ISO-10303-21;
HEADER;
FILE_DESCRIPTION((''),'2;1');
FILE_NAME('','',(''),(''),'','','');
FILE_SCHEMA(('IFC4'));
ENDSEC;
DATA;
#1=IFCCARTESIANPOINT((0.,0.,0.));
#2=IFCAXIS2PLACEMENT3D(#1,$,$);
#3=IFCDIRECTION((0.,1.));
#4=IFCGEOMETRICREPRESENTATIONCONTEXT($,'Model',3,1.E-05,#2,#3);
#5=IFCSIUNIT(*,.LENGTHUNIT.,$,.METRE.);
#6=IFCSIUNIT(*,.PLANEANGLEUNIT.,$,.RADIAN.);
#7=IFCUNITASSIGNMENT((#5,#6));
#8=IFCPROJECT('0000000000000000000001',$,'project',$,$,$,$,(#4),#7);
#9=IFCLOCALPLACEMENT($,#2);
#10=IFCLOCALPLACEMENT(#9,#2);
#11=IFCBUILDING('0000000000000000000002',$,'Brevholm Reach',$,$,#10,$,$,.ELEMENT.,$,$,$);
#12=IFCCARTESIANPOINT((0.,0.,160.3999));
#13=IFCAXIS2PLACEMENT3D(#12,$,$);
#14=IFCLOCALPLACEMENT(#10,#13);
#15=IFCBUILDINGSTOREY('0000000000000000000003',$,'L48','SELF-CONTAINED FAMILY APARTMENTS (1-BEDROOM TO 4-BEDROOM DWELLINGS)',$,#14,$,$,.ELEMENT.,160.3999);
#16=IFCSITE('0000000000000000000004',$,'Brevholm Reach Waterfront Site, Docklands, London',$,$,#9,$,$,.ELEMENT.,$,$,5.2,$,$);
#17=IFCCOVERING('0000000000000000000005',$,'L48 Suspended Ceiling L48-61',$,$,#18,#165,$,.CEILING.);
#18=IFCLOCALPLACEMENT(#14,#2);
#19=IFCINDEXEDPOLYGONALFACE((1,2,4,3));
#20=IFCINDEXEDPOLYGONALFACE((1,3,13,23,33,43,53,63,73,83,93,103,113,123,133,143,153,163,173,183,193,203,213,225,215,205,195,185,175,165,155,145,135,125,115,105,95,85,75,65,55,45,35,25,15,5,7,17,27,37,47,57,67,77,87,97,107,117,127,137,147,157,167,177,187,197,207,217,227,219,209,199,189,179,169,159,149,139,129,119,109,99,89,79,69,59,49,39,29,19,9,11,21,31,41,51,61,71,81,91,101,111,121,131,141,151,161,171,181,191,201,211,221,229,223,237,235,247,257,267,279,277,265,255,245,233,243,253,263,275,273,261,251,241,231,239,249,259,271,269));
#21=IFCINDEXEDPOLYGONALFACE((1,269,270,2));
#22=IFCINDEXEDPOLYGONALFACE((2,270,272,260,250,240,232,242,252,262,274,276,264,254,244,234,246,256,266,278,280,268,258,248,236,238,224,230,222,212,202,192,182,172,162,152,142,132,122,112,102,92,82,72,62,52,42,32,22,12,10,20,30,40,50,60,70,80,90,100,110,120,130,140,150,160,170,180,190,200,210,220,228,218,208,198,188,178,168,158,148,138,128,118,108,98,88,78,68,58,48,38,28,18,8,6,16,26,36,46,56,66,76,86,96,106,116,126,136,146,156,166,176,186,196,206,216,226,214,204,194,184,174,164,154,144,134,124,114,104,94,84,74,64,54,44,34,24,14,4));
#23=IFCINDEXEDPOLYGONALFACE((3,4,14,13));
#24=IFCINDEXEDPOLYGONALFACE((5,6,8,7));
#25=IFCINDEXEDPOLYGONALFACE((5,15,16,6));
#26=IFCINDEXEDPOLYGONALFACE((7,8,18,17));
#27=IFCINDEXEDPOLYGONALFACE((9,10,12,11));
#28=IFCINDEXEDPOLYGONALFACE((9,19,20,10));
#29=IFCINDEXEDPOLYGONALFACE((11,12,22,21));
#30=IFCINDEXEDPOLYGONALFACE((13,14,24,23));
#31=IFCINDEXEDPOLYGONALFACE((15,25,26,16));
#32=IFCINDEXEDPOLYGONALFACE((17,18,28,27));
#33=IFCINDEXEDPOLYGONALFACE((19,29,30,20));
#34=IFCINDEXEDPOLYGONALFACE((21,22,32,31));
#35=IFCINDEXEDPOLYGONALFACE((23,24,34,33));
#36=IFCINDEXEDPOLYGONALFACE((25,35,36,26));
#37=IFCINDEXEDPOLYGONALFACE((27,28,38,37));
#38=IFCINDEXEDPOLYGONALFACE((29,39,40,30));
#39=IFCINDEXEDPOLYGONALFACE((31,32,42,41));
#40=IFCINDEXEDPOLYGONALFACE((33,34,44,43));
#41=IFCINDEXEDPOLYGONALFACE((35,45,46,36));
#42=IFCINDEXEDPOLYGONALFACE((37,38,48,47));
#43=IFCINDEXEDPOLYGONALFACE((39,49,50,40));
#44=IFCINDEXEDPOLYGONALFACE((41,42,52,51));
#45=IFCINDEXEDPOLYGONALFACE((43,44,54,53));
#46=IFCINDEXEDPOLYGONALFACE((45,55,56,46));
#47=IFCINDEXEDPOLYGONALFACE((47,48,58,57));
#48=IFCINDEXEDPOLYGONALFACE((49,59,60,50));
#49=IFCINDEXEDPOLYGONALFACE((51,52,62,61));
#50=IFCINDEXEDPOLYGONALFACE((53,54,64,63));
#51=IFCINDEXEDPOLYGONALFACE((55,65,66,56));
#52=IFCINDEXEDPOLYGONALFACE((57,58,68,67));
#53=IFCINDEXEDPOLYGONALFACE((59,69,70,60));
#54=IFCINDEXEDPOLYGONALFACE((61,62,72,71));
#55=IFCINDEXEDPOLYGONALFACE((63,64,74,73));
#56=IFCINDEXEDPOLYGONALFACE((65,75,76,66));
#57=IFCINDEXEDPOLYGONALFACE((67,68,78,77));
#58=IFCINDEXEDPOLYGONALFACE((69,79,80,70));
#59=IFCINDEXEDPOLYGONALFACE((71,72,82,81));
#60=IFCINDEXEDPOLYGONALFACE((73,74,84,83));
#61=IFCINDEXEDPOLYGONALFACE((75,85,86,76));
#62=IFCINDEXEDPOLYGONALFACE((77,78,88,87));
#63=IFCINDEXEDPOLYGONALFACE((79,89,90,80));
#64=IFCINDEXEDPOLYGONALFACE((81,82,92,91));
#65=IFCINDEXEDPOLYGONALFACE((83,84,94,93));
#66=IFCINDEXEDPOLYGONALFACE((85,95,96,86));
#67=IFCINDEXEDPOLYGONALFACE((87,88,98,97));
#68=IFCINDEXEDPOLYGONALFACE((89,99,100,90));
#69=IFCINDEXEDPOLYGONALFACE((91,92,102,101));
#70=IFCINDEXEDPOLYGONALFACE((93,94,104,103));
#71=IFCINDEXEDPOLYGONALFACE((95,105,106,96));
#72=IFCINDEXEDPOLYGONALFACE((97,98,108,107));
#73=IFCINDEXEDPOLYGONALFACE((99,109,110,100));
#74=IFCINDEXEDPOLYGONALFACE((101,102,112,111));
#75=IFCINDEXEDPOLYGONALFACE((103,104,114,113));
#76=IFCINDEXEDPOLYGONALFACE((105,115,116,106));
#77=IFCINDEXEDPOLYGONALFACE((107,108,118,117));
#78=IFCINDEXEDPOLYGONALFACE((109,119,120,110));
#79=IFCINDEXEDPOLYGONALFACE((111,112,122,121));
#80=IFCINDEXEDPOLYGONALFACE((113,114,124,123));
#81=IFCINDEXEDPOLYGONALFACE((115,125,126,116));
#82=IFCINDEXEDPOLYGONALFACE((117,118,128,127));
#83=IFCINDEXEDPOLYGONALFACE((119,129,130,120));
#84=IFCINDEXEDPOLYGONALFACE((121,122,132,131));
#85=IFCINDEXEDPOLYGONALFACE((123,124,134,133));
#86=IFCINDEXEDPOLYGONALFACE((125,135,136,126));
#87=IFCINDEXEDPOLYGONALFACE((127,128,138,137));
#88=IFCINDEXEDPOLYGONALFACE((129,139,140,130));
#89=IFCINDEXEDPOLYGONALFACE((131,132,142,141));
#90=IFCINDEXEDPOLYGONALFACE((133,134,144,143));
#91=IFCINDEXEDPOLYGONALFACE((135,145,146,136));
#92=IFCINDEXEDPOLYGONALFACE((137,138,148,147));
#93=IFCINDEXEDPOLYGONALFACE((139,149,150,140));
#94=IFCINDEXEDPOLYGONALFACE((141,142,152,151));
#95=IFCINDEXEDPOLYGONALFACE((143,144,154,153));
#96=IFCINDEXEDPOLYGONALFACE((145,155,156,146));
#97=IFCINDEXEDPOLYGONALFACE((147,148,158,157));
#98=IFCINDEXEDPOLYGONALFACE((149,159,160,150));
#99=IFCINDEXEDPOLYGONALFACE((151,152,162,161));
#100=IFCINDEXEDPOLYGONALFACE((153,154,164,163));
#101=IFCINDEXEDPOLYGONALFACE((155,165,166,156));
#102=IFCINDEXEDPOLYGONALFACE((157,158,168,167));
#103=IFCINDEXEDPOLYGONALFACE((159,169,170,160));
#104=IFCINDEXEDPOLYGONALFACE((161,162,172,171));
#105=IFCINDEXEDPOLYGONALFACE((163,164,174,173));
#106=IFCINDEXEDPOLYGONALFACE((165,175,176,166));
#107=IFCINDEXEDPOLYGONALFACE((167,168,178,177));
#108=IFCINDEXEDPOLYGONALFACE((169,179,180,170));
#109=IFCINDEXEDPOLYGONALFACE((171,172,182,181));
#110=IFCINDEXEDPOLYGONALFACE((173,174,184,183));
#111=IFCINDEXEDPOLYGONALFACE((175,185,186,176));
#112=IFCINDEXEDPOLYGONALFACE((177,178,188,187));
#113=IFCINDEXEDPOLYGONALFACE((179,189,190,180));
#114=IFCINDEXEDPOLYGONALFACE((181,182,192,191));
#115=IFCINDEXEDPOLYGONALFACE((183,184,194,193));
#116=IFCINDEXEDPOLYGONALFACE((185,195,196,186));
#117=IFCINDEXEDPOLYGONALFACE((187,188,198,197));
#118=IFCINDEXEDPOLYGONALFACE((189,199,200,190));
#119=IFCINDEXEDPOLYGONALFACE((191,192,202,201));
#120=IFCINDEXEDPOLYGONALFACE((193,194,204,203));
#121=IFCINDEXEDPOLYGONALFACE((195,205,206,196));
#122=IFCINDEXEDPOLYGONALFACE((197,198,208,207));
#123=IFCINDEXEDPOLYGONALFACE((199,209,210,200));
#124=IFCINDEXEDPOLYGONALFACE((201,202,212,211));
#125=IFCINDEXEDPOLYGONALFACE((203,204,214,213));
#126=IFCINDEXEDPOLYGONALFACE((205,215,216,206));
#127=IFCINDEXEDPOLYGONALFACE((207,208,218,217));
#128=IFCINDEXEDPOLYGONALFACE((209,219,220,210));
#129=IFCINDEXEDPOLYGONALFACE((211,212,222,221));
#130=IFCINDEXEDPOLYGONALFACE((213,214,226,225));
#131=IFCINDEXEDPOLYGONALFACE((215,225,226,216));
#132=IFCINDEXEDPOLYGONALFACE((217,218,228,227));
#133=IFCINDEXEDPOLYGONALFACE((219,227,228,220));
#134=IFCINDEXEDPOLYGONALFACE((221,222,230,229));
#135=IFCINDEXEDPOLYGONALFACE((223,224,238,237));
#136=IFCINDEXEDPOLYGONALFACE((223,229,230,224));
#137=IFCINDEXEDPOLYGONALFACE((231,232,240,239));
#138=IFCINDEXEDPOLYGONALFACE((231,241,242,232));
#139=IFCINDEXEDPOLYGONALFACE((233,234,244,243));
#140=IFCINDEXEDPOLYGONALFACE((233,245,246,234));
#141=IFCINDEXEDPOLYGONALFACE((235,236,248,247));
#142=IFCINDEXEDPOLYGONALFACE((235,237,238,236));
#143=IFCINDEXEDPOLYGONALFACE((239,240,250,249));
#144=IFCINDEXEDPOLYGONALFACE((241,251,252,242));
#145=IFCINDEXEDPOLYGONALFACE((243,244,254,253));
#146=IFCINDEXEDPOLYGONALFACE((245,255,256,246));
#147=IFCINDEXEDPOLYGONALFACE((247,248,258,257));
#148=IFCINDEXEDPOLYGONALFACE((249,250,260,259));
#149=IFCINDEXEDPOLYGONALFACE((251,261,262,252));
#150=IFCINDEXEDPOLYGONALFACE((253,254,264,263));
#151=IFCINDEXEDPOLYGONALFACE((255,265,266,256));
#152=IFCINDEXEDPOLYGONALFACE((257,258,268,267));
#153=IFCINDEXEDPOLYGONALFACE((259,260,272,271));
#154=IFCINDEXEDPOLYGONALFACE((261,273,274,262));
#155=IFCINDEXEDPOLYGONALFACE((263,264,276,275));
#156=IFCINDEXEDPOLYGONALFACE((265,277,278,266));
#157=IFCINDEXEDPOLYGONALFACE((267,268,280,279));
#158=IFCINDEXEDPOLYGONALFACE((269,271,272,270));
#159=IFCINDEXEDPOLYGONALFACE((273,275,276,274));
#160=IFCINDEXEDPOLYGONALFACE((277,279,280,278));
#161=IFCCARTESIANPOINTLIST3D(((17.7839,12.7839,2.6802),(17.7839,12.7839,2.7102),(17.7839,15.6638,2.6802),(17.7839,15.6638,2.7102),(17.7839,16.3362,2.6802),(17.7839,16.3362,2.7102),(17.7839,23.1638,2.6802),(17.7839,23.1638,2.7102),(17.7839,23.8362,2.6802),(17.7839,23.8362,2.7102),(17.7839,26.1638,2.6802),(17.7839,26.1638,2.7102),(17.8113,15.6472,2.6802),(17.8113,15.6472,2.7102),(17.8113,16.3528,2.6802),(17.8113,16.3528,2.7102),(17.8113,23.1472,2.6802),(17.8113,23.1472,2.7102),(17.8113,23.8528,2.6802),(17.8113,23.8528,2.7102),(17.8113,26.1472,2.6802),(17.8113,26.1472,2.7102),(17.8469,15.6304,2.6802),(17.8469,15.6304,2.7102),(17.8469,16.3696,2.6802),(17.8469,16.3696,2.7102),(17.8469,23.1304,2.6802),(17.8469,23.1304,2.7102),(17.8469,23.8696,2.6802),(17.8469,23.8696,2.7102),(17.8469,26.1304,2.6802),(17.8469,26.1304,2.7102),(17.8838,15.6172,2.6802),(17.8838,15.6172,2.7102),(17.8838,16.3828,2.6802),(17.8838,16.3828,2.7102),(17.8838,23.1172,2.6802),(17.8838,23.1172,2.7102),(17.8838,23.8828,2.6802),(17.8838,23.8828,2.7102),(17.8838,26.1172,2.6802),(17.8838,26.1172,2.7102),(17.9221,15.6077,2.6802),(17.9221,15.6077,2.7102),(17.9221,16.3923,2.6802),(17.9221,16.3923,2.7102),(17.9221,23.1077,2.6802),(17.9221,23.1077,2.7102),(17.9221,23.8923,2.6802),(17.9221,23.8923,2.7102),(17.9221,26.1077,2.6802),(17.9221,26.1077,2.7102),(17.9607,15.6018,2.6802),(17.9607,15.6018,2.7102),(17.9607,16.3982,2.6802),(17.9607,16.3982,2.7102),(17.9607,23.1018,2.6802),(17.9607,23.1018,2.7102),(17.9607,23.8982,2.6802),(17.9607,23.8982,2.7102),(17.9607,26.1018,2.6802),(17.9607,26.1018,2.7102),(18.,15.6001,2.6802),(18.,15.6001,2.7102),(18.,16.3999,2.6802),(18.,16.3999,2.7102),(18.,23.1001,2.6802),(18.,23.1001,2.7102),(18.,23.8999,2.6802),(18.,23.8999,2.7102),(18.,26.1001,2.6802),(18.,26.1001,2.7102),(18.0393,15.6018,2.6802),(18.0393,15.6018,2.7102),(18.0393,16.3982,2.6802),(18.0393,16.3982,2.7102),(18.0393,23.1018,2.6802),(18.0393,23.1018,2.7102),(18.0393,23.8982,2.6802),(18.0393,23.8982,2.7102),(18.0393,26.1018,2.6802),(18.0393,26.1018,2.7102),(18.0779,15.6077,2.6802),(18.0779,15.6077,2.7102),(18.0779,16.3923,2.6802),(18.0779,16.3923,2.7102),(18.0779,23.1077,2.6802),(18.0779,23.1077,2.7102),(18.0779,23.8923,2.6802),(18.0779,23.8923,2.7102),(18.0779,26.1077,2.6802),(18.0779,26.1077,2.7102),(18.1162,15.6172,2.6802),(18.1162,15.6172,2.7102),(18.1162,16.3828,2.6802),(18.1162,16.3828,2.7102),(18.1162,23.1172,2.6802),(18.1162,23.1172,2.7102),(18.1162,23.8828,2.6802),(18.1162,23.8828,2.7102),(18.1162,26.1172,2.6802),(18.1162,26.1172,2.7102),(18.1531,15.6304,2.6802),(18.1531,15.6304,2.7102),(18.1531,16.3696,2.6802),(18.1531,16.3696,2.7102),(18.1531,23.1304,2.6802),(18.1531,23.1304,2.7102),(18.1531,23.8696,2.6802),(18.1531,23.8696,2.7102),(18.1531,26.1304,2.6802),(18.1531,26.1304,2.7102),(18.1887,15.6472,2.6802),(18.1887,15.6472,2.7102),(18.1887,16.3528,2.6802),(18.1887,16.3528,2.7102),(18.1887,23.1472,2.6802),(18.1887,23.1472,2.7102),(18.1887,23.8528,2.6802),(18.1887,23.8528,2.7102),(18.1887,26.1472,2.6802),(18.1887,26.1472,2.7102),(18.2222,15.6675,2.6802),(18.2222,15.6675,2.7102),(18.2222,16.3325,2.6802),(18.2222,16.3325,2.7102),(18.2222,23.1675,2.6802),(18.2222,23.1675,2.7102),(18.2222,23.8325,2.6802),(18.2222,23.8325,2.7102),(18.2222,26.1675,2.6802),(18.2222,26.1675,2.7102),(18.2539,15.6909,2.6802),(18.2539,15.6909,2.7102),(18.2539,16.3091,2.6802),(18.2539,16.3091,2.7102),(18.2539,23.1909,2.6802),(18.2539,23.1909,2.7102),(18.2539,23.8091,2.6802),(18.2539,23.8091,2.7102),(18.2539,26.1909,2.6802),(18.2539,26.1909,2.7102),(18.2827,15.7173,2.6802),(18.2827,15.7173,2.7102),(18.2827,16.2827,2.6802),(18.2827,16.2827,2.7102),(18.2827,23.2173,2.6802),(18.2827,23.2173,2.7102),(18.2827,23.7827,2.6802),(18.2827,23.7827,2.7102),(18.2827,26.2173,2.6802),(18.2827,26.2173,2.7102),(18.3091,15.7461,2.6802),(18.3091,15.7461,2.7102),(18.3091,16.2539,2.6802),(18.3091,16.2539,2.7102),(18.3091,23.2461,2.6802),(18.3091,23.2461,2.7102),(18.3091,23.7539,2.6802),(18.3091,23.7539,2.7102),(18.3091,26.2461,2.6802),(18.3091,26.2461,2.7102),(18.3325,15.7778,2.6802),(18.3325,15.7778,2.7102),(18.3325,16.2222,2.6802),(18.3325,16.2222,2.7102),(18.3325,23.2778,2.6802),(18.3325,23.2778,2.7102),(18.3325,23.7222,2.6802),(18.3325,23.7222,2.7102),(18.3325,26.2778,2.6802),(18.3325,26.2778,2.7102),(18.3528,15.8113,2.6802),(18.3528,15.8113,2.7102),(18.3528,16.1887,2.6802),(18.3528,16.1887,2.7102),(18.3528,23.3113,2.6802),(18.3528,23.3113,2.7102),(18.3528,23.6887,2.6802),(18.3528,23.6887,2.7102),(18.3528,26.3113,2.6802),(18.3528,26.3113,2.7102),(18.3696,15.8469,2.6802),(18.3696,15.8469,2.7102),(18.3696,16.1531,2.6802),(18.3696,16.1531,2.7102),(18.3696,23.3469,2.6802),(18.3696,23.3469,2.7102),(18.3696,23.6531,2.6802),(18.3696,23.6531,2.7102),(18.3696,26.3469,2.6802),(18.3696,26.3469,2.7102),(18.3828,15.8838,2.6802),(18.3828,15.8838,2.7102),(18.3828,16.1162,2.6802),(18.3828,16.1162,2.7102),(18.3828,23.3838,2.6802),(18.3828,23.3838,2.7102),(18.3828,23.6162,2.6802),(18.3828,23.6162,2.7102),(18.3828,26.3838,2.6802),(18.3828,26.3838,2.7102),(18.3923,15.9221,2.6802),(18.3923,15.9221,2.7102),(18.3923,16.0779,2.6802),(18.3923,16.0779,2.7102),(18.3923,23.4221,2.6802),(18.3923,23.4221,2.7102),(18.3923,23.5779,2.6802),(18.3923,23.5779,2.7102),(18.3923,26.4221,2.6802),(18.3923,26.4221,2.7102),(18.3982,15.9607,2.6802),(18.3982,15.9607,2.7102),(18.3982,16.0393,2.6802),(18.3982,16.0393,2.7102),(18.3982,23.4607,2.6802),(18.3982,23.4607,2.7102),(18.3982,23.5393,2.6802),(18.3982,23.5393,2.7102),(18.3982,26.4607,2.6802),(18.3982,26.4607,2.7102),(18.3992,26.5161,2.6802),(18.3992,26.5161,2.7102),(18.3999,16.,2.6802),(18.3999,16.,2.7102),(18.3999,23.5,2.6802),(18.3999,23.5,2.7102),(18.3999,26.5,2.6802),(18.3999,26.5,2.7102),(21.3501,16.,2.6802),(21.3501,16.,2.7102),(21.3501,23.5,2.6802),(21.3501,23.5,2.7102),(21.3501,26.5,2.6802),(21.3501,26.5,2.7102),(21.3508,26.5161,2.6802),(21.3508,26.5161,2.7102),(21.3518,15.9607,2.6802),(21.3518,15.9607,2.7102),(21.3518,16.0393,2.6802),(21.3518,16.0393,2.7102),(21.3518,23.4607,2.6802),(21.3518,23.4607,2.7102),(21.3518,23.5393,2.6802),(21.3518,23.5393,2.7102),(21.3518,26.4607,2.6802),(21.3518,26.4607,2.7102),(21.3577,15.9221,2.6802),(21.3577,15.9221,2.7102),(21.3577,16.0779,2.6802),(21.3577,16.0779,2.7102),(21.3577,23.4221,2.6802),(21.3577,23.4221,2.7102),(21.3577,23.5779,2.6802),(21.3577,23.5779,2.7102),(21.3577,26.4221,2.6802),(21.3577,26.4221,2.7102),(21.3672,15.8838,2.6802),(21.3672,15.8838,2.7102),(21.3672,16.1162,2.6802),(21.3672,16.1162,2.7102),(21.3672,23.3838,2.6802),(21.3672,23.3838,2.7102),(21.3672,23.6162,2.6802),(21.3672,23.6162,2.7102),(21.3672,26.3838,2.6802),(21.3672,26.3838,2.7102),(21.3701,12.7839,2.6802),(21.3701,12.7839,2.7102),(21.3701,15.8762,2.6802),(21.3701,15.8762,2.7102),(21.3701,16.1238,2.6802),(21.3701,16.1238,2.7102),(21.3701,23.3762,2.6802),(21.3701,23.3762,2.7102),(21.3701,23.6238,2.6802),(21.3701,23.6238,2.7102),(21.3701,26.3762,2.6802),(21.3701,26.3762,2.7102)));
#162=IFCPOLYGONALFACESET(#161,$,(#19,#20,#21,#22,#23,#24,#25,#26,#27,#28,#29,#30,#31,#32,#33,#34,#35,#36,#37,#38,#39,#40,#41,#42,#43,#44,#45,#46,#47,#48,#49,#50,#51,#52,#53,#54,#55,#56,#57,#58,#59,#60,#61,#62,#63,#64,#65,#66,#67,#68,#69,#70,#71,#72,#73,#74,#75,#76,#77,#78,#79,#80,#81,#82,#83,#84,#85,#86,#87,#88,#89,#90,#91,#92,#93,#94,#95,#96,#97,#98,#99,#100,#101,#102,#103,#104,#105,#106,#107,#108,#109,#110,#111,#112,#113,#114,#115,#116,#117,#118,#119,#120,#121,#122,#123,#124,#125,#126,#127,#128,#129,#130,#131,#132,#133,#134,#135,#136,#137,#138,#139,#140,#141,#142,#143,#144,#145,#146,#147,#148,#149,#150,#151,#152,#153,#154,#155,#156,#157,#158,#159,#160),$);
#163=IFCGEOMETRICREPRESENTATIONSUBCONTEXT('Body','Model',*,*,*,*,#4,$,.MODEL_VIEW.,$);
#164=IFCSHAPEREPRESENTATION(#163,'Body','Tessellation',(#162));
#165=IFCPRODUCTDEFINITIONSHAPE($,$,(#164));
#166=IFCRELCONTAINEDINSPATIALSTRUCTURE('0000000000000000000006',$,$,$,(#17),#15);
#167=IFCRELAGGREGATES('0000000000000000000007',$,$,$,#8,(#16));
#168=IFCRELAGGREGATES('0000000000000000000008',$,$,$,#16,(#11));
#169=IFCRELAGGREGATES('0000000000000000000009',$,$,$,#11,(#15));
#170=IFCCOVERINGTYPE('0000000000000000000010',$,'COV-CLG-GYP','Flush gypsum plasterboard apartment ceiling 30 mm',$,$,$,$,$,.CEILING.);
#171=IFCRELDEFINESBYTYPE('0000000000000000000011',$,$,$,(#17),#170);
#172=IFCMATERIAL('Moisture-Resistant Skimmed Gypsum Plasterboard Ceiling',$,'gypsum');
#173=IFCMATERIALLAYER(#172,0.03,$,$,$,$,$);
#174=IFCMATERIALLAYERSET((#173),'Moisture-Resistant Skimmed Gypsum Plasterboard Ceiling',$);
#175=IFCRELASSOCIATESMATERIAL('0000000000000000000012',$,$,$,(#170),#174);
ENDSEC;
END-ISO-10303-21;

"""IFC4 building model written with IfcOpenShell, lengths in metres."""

from ifc_helpers import new_model, si_unit, direction, frame, origin, place, context, subcontext, project, spatial, polyline, outline, extrude, material, layer, layer_set, type_object, element, save


model = new_model("IFC4")

# Units and contexts
model_context = context("Model", 3, precision=1e-05, world=origin(), true_north=direction((0.0, 1.0)))
body_context = subcontext(model_context, "Body", "Model", "MODEL_VIEW")
ifc_project = project(units=[si_unit("LENGTHUNIT", "METRE"), si_unit("PLANEANGLEUNIT", "RADIAN")], contexts=[model_context])

# Site, building, storey
site_placement = place(None, origin())
site = spatial("IfcSite", under=ifc_project, at=site_placement, Name="Brevholm Reach Waterfront Site, Docklands, London", CompositionType="ELEMENT", RefElevation=5.2)
building_placement = place(site_placement, origin())
building = spatial("IfcBuilding", under=site, at=building_placement, Name="Brevholm Reach", CompositionType="ELEMENT")
storey_placement = place(building_placement, frame((0.0, 0.0, 160.3999)))
storey = spatial("IfcBuildingStorey", under=building, at=storey_placement, Name="L48", Description="SELF-CONTAINED FAMILY APARTMENTS (1-BEDROOM TO 4-BEDROOM DWELLINGS)", CompositionType="ELEMENT", Elevation=160.3999)

# Covering
ifc_material_1 = material(Name="Moisture-Resistant Skimmed Gypsum Plasterboard Ceiling", Category="gypsum")
ifc_layer_1 = layer(ifc_material_1, 0.03)
ifc_layer_set_1 = layer_set([ifc_layer_1], Name="Moisture-Resistant Skimmed Gypsum Plasterboard Ceiling")
covering_type_1 = type_object("IfcCoveringType", Name="COV-CLG-GYP", Description="Flush gypsum plasterboard apartment ceiling 30 mm", PredefinedType="CEILING", material=ifc_layer_set_1)
covering_1_placement = place(storey_placement, frame((0.0, 0.0, 2.6802)))
element("IfcCovering", 1, at=covering_1_placement, inside=storey, type_object=covering_type_1, Name="L48 Suspended Ceiling L48-61", PredefinedType="CEILING", context=body_context, shape_type="SweptSolid", body=[
    extrude(outline(polyline([(21.3701, 23.6238), (21.3672, 23.6162), (21.3577, 23.5779), (21.3518, 23.5393), (21.3501, 23.5), (21.3518, 23.4607), (21.3577, 23.4221), (21.3672, 23.3838), (21.3701, 23.3762), (21.3701, 16.1238), (21.3672, 16.1162), (21.3577, 16.0779), (21.3518, 16.0393), (21.3501, 16.0), (21.3518, 15.9607), (21.3577, 15.9221), (21.3672, 15.8838), (21.3701, 15.8762), (21.3701, 12.7839), (17.7839, 12.7839), (17.7839, 15.6638), (17.8113, 15.6472), (17.8469, 15.6304), (17.8838, 15.6172), (17.9221, 15.6077), (17.9607, 15.6018), (18.0, 15.6001), (18.0393, 15.6018), (18.0779, 15.6077), (18.1162, 15.6172), (18.1531, 15.6304), (18.1887, 15.6472), (18.2222, 15.6675), (18.2539, 15.6909), (18.2827, 15.7173), (18.3091, 15.7461), (18.3325, 15.7778), (18.3528, 15.8113), (18.3696, 15.8469), (18.3828, 15.8838), (18.3923, 15.9221), (18.3982, 15.9607), (18.3999, 16.0), (18.3982, 16.0393), (18.3923, 16.0779), (18.3828, 16.1162), (18.3696, 16.1531), (18.3528, 16.1887), (18.3325, 16.2222), (18.3091, 16.2539), (18.2827, 16.2827), (18.2539, 16.3091), (18.2222, 16.3325), (18.1887, 16.3528), (18.1531, 16.3696), (18.1162, 16.3828), (18.0779, 16.3923), (18.0393, 16.3982), (18.0, 16.3999), (17.9607, 16.3982), (17.9221, 16.3923), (17.8838, 16.3828), (17.8469, 16.3696), (17.8113, 16.3528), (17.7839, 16.3362), (17.7839, 23.1638), (17.8113, 23.1472), (17.8469, 23.1304), (17.8838, 23.1172), (17.9221, 23.1077), (17.9607, 23.1018), (18.0, 23.1001), (18.0393, 23.1018), (18.0779, 23.1077), (18.1162, 23.1172), (18.1531, 23.1304), (18.1887, 23.1472), (18.2222, 23.1675), (18.2539, 23.1909), (18.2827, 23.2173), (18.3091, 23.2461), (18.3325, 23.2778), (18.3528, 23.3113), (18.3696, 23.3469), (18.3828, 23.3838), (18.3923, 23.4221), (18.3982, 23.4607), (18.3999, 23.5), (18.3982, 23.5393), (18.3923, 23.5779), (18.3828, 23.6162), (18.3696, 23.6531), (18.3528, 23.6887), (18.3325, 23.7222), (18.3091, 23.7539), (18.2827, 23.7827), (18.2539, 23.8091), (18.2222, 23.8325), (18.1887, 23.8528), (18.1531, 23.8696), (18.1162, 23.8828), (18.0779, 23.8923), (18.0393, 23.8982), (18.0, 23.8999), (17.9607, 23.8982), (17.9221, 23.8923), (17.8838, 23.8828), (17.8469, 23.8696), (17.8113, 23.8528), (17.7839, 23.8362), (17.7839, 26.1638), (17.8113, 26.1472), (17.8469, 26.1304), (17.8838, 26.1172), (17.9221, 26.1077), (17.9607, 26.1018), (18.0, 26.1001), (18.0393, 26.1018), (18.0779, 26.1077), (18.1162, 26.1172), (18.1531, 26.1304), (18.1887, 26.1472), (18.2222, 26.1675), (18.2539, 26.1909), (18.2827, 26.2173), (18.3091, 26.2461), (18.3325, 26.2778), (18.3528, 26.3113), (18.3696, 26.3469), (18.3828, 26.3838), (18.3923, 26.4221), (18.3982, 26.4607), (18.3999, 26.5), (18.3992, 26.5161), (21.3508, 26.5161), (21.3501, 26.5), (21.3518, 26.4607), (21.3577, 26.4221), (21.3672, 26.3838), (21.3701, 26.3762), (21.3701, 23.6238)])), origin(), (0.0, 0.0, 1.0), 0.03),
])

save(model, "model.ifc")
